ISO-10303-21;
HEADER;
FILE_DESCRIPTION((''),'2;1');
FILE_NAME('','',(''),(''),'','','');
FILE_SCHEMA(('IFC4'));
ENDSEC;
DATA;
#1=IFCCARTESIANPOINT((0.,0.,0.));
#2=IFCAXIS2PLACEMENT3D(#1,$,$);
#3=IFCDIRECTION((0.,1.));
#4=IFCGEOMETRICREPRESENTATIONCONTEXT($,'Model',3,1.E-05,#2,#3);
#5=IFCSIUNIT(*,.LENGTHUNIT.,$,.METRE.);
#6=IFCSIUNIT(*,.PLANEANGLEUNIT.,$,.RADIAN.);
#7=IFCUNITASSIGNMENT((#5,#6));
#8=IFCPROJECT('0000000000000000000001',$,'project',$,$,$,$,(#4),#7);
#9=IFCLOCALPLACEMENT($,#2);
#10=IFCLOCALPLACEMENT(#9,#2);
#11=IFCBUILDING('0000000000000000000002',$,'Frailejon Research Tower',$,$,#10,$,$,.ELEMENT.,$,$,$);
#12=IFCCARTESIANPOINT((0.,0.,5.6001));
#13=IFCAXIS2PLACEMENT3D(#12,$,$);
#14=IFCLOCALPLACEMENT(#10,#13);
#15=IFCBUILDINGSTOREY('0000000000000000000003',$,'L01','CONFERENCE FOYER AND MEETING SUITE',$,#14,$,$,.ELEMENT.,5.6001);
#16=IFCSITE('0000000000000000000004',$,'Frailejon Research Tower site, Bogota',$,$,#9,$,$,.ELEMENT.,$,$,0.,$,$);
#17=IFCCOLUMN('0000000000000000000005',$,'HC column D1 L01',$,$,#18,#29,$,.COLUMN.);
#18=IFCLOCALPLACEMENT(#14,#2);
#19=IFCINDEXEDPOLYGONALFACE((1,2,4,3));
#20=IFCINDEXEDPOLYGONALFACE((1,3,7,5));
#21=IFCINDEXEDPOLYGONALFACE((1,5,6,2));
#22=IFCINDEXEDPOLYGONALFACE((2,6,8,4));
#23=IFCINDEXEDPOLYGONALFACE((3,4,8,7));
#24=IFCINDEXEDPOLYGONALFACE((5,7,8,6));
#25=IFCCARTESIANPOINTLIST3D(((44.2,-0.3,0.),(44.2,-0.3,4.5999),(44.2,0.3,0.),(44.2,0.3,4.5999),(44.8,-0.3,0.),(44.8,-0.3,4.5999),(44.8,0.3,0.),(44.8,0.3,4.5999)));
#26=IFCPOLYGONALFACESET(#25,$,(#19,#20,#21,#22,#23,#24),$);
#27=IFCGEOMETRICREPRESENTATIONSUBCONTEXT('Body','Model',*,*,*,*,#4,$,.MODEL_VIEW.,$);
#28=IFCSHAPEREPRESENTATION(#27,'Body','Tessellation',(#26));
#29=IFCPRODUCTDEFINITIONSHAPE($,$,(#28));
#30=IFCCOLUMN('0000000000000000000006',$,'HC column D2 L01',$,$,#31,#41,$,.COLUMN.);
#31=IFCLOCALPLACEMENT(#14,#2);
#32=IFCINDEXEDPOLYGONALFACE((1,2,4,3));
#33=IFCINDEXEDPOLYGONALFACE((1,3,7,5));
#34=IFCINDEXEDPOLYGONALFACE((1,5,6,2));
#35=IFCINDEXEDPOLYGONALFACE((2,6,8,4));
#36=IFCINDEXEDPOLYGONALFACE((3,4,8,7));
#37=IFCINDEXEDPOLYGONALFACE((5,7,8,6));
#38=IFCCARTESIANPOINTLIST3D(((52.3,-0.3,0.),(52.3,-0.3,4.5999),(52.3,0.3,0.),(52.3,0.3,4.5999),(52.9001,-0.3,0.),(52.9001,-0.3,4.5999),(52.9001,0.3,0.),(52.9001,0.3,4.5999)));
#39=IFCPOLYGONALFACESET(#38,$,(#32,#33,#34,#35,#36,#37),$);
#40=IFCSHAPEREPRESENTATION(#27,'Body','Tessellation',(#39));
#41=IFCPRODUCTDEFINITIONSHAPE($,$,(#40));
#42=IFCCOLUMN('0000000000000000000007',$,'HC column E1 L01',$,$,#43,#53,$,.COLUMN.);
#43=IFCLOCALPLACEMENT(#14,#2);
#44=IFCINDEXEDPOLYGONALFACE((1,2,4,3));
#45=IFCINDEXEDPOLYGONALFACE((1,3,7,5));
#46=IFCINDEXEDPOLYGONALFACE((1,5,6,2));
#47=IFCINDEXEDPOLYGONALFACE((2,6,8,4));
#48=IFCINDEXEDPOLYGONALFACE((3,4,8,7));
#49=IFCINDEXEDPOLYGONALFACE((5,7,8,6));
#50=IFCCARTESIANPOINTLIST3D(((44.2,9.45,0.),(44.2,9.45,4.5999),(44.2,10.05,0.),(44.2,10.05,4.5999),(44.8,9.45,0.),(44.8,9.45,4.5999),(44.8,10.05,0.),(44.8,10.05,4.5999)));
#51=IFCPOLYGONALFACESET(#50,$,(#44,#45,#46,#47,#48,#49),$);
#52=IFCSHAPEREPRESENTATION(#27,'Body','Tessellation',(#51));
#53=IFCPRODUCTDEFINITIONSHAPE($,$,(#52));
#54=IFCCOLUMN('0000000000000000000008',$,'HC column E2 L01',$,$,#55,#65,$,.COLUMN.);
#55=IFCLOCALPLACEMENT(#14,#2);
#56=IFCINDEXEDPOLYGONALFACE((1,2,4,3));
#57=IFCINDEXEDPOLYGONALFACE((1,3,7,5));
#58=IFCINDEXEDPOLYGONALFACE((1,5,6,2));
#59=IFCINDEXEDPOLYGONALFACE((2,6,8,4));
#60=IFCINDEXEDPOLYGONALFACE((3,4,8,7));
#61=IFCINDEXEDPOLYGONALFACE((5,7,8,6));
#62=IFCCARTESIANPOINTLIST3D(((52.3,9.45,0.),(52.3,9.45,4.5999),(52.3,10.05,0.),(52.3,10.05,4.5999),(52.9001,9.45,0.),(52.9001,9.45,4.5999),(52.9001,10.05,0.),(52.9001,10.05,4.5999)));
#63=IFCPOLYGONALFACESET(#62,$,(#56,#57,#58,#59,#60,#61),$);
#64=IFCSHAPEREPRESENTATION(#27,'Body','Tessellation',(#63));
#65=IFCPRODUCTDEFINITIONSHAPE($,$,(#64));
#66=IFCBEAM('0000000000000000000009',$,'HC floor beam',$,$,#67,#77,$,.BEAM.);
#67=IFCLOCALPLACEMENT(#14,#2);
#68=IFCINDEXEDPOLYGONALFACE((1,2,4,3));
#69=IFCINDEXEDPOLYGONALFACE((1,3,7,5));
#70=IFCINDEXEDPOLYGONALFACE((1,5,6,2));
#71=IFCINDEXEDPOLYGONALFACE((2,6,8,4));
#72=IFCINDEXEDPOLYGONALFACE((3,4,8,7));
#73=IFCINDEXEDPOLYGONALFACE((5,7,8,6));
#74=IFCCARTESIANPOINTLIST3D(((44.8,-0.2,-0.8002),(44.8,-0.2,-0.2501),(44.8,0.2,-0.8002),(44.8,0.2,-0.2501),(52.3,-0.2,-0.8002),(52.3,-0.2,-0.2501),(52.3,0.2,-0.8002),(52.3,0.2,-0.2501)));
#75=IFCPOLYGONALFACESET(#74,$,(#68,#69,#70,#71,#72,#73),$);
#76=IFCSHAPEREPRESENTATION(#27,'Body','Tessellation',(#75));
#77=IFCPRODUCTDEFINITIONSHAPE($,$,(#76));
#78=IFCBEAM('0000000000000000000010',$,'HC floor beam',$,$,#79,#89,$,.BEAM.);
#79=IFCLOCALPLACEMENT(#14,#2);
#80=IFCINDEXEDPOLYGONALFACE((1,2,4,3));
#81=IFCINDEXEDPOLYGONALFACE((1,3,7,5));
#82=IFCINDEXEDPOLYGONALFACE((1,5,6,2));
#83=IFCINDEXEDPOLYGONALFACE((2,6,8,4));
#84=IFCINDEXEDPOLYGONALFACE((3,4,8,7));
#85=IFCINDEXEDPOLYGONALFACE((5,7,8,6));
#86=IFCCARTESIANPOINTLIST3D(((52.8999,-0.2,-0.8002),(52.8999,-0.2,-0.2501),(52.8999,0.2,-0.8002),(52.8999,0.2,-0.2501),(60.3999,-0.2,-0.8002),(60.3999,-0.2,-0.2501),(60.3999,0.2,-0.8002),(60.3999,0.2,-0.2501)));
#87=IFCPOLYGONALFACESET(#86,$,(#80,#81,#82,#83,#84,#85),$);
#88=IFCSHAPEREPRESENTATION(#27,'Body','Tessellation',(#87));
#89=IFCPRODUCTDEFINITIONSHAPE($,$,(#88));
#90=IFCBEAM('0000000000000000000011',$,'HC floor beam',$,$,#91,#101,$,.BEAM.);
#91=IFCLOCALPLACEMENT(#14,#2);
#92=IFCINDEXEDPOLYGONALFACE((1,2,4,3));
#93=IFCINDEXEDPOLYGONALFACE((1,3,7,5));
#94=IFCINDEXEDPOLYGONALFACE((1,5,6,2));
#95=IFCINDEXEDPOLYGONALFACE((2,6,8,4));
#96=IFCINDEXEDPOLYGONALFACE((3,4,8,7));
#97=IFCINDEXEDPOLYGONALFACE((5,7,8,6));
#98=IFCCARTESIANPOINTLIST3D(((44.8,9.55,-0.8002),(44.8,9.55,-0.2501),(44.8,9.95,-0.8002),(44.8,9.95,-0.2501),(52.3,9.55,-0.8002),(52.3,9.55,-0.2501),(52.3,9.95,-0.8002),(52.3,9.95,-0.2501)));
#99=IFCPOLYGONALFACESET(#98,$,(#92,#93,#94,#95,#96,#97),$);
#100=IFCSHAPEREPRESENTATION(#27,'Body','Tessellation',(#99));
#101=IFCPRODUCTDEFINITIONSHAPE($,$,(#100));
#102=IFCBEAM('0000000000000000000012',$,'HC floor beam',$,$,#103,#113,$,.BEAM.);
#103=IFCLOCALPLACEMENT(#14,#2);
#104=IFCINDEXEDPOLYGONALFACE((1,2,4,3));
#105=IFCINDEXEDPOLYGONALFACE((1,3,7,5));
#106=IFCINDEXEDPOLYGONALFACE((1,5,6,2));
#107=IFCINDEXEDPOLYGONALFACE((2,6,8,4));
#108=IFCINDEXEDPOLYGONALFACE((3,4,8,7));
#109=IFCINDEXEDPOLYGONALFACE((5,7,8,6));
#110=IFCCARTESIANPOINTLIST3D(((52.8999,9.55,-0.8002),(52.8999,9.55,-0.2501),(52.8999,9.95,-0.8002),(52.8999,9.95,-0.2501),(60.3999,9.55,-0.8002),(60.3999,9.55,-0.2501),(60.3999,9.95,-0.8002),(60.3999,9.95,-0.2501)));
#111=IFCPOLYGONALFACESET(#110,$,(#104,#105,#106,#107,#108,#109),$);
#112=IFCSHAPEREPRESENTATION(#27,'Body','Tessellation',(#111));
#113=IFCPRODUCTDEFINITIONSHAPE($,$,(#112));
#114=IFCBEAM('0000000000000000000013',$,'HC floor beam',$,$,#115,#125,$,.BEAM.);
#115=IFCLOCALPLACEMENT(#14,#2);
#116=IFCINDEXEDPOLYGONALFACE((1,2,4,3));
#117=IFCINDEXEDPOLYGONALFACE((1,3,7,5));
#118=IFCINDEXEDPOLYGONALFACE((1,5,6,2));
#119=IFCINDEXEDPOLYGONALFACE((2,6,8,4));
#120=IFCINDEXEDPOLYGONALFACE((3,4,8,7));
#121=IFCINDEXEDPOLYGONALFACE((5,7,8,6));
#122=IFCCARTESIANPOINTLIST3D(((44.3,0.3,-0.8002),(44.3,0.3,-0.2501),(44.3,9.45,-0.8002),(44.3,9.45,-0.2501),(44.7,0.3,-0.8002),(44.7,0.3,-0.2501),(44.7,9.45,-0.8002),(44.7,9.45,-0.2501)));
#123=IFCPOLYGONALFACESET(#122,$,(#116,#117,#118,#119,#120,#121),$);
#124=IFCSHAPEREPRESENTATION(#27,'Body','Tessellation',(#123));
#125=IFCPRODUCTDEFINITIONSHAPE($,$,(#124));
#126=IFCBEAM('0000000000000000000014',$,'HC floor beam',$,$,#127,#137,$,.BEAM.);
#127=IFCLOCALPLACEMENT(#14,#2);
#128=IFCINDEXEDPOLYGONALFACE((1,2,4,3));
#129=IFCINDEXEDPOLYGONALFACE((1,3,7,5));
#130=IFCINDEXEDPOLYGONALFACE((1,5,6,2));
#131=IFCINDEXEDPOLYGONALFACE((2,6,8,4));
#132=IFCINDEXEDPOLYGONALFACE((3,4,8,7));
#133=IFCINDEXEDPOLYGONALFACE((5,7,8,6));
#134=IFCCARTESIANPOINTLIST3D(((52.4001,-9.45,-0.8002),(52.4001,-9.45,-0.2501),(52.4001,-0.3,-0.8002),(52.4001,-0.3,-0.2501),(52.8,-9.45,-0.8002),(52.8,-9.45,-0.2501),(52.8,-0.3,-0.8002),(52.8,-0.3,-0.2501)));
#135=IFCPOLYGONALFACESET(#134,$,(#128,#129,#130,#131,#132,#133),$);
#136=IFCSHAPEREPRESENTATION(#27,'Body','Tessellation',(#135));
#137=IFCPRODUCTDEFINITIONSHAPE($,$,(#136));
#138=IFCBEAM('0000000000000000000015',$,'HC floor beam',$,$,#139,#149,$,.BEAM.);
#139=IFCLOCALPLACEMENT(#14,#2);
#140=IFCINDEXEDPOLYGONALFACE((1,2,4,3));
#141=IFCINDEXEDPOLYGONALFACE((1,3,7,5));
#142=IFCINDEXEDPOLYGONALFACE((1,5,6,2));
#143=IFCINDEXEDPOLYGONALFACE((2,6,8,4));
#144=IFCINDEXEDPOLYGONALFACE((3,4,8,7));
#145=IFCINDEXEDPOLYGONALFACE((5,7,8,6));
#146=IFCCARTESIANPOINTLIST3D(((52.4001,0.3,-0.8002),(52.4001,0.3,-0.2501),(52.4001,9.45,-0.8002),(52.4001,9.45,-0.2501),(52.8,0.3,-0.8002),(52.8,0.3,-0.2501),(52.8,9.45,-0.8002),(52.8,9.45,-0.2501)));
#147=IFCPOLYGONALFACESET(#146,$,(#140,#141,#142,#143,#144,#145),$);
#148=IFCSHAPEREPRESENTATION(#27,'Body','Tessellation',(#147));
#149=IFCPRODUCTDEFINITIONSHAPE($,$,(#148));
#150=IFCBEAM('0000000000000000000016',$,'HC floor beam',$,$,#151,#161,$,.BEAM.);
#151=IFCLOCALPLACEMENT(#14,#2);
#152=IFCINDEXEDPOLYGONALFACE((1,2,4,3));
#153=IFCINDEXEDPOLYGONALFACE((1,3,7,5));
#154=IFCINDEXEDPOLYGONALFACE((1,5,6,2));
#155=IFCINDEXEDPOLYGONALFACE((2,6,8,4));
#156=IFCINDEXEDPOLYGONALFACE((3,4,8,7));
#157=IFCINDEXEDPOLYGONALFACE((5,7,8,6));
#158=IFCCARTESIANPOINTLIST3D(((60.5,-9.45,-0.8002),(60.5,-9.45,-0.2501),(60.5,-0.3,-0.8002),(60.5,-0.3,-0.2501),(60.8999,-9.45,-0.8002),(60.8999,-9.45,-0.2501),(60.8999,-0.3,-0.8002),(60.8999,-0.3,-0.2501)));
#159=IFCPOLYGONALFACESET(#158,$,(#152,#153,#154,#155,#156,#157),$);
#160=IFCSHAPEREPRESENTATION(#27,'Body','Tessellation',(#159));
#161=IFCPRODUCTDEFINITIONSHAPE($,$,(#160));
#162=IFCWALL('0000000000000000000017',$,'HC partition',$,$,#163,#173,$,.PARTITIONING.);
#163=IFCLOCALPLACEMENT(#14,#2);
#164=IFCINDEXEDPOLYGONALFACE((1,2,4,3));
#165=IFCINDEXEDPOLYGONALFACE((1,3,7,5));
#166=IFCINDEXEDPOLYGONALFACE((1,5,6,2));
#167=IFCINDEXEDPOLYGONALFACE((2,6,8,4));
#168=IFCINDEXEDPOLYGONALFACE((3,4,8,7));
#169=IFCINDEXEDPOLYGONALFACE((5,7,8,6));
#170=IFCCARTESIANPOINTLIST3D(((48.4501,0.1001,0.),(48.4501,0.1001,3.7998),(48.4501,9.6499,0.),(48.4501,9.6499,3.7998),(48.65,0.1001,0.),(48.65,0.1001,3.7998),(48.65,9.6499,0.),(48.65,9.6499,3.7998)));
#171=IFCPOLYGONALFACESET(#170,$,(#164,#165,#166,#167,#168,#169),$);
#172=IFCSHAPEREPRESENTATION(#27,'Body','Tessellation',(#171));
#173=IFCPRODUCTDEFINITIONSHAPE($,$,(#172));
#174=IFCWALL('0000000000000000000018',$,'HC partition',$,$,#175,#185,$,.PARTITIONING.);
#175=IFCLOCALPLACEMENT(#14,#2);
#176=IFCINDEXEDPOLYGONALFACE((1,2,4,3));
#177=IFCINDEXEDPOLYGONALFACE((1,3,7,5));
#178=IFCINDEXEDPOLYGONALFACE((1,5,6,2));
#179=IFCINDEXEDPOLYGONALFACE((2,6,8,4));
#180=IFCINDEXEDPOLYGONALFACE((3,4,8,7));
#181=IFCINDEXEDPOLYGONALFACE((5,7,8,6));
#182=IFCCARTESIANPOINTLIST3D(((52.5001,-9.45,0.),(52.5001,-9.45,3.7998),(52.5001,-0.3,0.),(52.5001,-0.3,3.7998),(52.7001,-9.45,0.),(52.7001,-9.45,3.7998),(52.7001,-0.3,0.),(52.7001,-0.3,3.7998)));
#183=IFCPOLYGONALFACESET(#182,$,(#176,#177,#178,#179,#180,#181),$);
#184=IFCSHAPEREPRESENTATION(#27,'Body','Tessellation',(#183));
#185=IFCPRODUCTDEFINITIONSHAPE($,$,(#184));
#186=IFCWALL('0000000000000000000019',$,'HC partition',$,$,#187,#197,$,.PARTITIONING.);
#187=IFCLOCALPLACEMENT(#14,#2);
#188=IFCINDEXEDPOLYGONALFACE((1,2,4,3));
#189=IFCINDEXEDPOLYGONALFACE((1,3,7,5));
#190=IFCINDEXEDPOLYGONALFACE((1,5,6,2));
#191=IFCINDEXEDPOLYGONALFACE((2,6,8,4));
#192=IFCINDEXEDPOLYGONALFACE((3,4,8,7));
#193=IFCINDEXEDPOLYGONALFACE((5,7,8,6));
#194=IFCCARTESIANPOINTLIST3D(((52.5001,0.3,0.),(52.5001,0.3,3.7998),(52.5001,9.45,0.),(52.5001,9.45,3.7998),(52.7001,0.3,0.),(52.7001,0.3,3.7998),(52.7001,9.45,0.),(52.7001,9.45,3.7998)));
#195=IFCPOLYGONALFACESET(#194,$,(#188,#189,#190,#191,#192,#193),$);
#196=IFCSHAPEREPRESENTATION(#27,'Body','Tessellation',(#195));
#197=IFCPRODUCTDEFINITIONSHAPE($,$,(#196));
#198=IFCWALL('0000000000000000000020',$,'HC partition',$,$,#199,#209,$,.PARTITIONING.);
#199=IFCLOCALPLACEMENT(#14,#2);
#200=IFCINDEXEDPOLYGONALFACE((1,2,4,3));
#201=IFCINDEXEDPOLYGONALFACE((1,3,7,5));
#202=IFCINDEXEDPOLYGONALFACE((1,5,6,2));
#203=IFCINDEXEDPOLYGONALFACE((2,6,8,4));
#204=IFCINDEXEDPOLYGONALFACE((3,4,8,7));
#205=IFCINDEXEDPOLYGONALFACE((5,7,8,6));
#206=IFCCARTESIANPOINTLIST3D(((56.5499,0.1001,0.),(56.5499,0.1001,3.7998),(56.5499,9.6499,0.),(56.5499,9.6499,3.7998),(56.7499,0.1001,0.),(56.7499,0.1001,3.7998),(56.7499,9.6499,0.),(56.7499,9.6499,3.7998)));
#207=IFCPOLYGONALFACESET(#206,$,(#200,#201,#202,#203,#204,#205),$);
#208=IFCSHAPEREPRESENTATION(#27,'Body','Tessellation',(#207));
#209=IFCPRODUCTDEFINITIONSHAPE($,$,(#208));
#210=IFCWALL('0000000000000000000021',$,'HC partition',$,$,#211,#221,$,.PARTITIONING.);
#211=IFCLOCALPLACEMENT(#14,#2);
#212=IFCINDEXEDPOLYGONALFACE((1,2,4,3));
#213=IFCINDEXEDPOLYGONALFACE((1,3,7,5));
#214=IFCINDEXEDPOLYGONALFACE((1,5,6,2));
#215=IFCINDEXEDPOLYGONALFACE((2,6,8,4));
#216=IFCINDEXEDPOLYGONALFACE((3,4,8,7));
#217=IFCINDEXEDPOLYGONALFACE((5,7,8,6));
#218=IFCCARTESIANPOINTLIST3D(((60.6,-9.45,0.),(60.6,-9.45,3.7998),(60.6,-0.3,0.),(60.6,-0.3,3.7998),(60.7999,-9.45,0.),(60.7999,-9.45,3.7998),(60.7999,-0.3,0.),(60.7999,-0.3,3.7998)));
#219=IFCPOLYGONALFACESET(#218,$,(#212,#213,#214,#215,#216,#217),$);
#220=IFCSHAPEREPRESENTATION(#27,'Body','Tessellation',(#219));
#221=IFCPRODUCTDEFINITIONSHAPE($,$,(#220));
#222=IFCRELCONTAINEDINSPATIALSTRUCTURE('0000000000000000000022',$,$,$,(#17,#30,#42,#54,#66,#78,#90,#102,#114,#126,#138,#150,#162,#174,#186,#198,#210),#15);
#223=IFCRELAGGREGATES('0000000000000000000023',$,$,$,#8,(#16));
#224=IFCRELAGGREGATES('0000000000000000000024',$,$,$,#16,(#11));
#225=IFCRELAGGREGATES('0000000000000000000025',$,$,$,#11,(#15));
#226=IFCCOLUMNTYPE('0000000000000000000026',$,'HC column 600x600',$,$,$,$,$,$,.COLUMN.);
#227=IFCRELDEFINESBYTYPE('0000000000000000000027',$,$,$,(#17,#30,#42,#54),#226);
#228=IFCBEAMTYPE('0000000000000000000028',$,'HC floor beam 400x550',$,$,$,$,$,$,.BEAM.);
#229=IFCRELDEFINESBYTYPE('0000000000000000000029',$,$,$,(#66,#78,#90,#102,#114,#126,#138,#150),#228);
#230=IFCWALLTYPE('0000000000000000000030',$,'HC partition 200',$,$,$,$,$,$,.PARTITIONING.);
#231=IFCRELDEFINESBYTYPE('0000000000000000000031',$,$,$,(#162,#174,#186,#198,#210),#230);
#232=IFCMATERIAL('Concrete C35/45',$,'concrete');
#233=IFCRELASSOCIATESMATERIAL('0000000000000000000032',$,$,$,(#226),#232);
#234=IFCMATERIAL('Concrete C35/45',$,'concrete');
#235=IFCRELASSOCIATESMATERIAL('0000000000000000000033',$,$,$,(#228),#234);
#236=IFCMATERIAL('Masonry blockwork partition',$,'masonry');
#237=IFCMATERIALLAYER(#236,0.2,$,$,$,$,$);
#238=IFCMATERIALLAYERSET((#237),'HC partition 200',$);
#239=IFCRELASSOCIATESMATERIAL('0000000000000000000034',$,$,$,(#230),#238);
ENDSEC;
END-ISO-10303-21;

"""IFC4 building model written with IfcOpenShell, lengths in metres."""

from ifc_helpers import new_model, si_unit, direction, frame, frame_2d, origin, origin_2d, place, context, subcontext, project, spatial, rectangle, extrude, material, layer, layer_set, material_profile, profile_set, type_object, element, save


model = new_model("IFC4")

# Units and contexts
model_context = context("Model", 3, precision=1e-05, world=origin(), true_north=direction((0.0, 1.0)))
body_context = subcontext(model_context, "Body", "Model", "MODEL_VIEW")
ifc_project = project(units=[si_unit("LENGTHUNIT", "METRE"), si_unit("PLANEANGLEUNIT", "RADIAN")], contexts=[model_context])

# Site, building, storey
site_placement = place(None, origin())
site = spatial("IfcSite", under=ifc_project, at=site_placement, Name="Frailejon Research Tower site, Bogota", CompositionType="ELEMENT", RefElevation=0.0)
building_placement = place(site_placement, origin())
building = spatial("IfcBuilding", under=site, at=building_placement, Name="Frailejon Research Tower", CompositionType="ELEMENT")
storey_placement = place(building_placement, frame((0.0, 0.0, 5.6001)))
storey = spatial("IfcBuildingStorey", under=building, at=storey_placement, Name="L01", Description="CONFERENCE FOYER AND MEETING SUITE", CompositionType="ELEMENT", Elevation=5.6001)

# Columns
ifc_material_1 = material(Name="Concrete C35/45", Category="concrete")
ifc_material_profile_1 = material_profile(ifc_material_1, rectangle(XDim=0.6001, YDim=0.6001, at=origin_2d()), Name="HC column 600x600")
ifc_profile_set_1 = profile_set([ifc_material_profile_1], Name="Concrete C35/45")
column_type = type_object("IfcColumnType", Name="HC column 600x600", PredefinedType="COLUMN", material=ifc_profile_set_1)
for number, where, z_axis, x_axis, name in (
    (1, (44.5, 0.0, 0.0), (0.0, 0.0, 1.0), (1.0, 0.0, 0.0), "HC column D1 L01"),
    (2, (52.6001, 0.0, 0.0), (0.0, 0.0, 1.0), (1.0, 0.0, 0.0), "HC column D2 L01"),
    (3, (44.5, 9.75, 0.0), (0.0, 0.0, 1.0), (1.0, 0.0, 0.0), "HC column E1 L01"),
    (4, (52.6001, 9.75, 0.0), (0.0, 0.0, 1.0), (1.0, 0.0, 0.0), "HC column E2 L01"),
):
    element("IfcColumn", number, at=place(storey_placement, frame(where, z_axis=z_axis, x_axis=x_axis)), inside=storey, type_object=column_type, Name=name, PredefinedType="COLUMN", context=body_context, shape_type="SweptSolid", body=[
        extrude(rectangle(XDim=0.6001, YDim=0.6001, at=origin_2d()), origin(), (0.0, 0.0, 1.0), 4.5999),
    ])

# Beams
ifc_material_2 = material(Name="Concrete C35/45", Category="concrete")
ifc_material_profile_2 = material_profile(ifc_material_2, rectangle(XDim=0.3999, YDim=0.55, at=origin_2d()), Name="HC floor beam 400x550")
ifc_profile_set_2 = profile_set([ifc_material_profile_2], Name="Concrete C35/45")
beam_type = type_object("IfcBeamType", Name="HC floor beam 400x550", PredefinedType="BEAM", material=ifc_profile_set_2)
for number, where, z_axis, x_axis, name in (
    (5, (44.8, 0.0, -0.5251), (1.0, 0.0, 0.0), (0.0, 1.0, 0.0), "HC floor beam"),
    (6, (52.8999, 0.0, -0.5251), (1.0, 0.0, 0.0), (0.0, 1.0, 0.0), "HC floor beam"),
    (7, (44.8, 9.75, -0.5251), (1.0, 0.0, 0.0), (0.0, 1.0, 0.0), "HC floor beam"),
    (8, (52.8999, 9.75, -0.5251), (1.0, 0.0, 0.0), (0.0, 1.0, 0.0), "HC floor beam"),
):
    element("IfcBeam", number, at=place(storey_placement, frame(where, z_axis=z_axis, x_axis=x_axis)), inside=storey, type_object=beam_type, Name=name, PredefinedType="BEAM", context=body_context, shape_type="SweptSolid", body=[
        extrude(rectangle(XDim=0.3999, YDim=0.55, at=origin_2d()), origin(), (0.0, 0.0, 1.0), 7.5),
    ])
for number, where, z_axis, x_axis, name in (
    (9, (44.5, 0.3, -0.5251), (0.0, 1.0, 0.0), (-1.0, 0.0, 0.0), "HC floor beam"),
    (10, (52.6001, -9.45, -0.5251), (0.0, 1.0, 0.0), (-1.0, 0.0, 0.0), "HC floor beam"),
    (11, (52.6001, 0.3, -0.5251), (0.0, 1.0, 0.0), (-1.0, 0.0, 0.0), "HC floor beam"),
    (12, (60.7, -9.45, -0.5251), (0.0, 1.0, 0.0), (-1.0, 0.0, 0.0), "HC floor beam"),
):
    element("IfcBeam", number, at=place(storey_placement, frame(where, z_axis=z_axis, x_axis=x_axis)), inside=storey, type_object=beam_type, Name=name, PredefinedType="BEAM", context=body_context, shape_type="SweptSolid", body=[
        extrude(rectangle(XDim=0.3999, YDim=0.55, at=origin_2d()), origin(), (0.0, 0.0, 1.0), 9.1499),
    ])

# Walls
ifc_material_3 = material(Name="Masonry blockwork partition", Category="masonry")
ifc_layer = layer(ifc_material_3, 0.2)
ifc_layer_set = layer_set([ifc_layer], Name="HC partition 200")
wall_type = type_object("IfcWallType", Name="HC partition 200", PredefinedType="PARTITIONING", material=ifc_layer_set)
wall_1_placement = place(storey_placement, frame((48.55, 0.1001, 0.0), z_axis=(0.0, 0.0, 1.0), x_axis=(0.0, 1.0, 0.0)))
element("IfcWall", 13, at=wall_1_placement, inside=storey, type_object=wall_type, Name="HC partition", PredefinedType="PARTITIONING", context=body_context, shape_type="SweptSolid", body=[
    extrude(rectangle(XDim=9.5498, YDim=0.2, at=frame_2d((4.7749, 0.0))), origin(), (0.0, 0.0, 1.0), 3.7998),
])
for number, where, z_axis, x_axis, name in (
    (14, (52.6001, -9.45, 0.0), (0.0, 0.0, 1.0), (0.0, 1.0, 0.0), "HC partition"),
    (15, (52.6001, 0.3, 0.0), (0.0, 0.0, 1.0), (0.0, 1.0, 0.0), "HC partition"),
):
    element("IfcWall", number, at=place(storey_placement, frame(where, z_axis=z_axis, x_axis=x_axis)), inside=storey, type_object=wall_type, Name=name, PredefinedType="PARTITIONING", context=body_context, shape_type="SweptSolid", body=[
        extrude(rectangle(XDim=9.1499, YDim=0.2, at=frame_2d((4.575, 0.0))), origin(), (0.0, 0.0, 1.0), 3.7998),
    ])
wall_2_placement = place(storey_placement, frame((56.6499, 0.1001, 0.0), z_axis=(0.0, 0.0, 1.0), x_axis=(0.0, 1.0, 0.0)))
element("IfcWall", 16, at=wall_2_placement, inside=storey, type_object=wall_type, Name="HC partition", PredefinedType="PARTITIONING", context=body_context, shape_type="SweptSolid", body=[
    extrude(rectangle(XDim=9.5498, YDim=0.2, at=frame_2d((4.7749, 0.0))), origin(), (0.0, 0.0, 1.0), 3.7998),
])
wall_3_placement = place(storey_placement, frame((60.7, -9.45, 0.0), z_axis=(0.0, 0.0, 1.0), x_axis=(0.0, 1.0, 0.0)))
element("IfcWall", 17, at=wall_3_placement, inside=storey, type_object=wall_type, Name="HC partition", PredefinedType="PARTITIONING", context=body_context, shape_type="SweptSolid", body=[
    extrude(rectangle(XDim=9.1499, YDim=0.2, at=frame_2d((4.575, 0.0))), origin(), (0.0, 0.0, 1.0), 3.7998),
])

save(model, "model.ifc")
